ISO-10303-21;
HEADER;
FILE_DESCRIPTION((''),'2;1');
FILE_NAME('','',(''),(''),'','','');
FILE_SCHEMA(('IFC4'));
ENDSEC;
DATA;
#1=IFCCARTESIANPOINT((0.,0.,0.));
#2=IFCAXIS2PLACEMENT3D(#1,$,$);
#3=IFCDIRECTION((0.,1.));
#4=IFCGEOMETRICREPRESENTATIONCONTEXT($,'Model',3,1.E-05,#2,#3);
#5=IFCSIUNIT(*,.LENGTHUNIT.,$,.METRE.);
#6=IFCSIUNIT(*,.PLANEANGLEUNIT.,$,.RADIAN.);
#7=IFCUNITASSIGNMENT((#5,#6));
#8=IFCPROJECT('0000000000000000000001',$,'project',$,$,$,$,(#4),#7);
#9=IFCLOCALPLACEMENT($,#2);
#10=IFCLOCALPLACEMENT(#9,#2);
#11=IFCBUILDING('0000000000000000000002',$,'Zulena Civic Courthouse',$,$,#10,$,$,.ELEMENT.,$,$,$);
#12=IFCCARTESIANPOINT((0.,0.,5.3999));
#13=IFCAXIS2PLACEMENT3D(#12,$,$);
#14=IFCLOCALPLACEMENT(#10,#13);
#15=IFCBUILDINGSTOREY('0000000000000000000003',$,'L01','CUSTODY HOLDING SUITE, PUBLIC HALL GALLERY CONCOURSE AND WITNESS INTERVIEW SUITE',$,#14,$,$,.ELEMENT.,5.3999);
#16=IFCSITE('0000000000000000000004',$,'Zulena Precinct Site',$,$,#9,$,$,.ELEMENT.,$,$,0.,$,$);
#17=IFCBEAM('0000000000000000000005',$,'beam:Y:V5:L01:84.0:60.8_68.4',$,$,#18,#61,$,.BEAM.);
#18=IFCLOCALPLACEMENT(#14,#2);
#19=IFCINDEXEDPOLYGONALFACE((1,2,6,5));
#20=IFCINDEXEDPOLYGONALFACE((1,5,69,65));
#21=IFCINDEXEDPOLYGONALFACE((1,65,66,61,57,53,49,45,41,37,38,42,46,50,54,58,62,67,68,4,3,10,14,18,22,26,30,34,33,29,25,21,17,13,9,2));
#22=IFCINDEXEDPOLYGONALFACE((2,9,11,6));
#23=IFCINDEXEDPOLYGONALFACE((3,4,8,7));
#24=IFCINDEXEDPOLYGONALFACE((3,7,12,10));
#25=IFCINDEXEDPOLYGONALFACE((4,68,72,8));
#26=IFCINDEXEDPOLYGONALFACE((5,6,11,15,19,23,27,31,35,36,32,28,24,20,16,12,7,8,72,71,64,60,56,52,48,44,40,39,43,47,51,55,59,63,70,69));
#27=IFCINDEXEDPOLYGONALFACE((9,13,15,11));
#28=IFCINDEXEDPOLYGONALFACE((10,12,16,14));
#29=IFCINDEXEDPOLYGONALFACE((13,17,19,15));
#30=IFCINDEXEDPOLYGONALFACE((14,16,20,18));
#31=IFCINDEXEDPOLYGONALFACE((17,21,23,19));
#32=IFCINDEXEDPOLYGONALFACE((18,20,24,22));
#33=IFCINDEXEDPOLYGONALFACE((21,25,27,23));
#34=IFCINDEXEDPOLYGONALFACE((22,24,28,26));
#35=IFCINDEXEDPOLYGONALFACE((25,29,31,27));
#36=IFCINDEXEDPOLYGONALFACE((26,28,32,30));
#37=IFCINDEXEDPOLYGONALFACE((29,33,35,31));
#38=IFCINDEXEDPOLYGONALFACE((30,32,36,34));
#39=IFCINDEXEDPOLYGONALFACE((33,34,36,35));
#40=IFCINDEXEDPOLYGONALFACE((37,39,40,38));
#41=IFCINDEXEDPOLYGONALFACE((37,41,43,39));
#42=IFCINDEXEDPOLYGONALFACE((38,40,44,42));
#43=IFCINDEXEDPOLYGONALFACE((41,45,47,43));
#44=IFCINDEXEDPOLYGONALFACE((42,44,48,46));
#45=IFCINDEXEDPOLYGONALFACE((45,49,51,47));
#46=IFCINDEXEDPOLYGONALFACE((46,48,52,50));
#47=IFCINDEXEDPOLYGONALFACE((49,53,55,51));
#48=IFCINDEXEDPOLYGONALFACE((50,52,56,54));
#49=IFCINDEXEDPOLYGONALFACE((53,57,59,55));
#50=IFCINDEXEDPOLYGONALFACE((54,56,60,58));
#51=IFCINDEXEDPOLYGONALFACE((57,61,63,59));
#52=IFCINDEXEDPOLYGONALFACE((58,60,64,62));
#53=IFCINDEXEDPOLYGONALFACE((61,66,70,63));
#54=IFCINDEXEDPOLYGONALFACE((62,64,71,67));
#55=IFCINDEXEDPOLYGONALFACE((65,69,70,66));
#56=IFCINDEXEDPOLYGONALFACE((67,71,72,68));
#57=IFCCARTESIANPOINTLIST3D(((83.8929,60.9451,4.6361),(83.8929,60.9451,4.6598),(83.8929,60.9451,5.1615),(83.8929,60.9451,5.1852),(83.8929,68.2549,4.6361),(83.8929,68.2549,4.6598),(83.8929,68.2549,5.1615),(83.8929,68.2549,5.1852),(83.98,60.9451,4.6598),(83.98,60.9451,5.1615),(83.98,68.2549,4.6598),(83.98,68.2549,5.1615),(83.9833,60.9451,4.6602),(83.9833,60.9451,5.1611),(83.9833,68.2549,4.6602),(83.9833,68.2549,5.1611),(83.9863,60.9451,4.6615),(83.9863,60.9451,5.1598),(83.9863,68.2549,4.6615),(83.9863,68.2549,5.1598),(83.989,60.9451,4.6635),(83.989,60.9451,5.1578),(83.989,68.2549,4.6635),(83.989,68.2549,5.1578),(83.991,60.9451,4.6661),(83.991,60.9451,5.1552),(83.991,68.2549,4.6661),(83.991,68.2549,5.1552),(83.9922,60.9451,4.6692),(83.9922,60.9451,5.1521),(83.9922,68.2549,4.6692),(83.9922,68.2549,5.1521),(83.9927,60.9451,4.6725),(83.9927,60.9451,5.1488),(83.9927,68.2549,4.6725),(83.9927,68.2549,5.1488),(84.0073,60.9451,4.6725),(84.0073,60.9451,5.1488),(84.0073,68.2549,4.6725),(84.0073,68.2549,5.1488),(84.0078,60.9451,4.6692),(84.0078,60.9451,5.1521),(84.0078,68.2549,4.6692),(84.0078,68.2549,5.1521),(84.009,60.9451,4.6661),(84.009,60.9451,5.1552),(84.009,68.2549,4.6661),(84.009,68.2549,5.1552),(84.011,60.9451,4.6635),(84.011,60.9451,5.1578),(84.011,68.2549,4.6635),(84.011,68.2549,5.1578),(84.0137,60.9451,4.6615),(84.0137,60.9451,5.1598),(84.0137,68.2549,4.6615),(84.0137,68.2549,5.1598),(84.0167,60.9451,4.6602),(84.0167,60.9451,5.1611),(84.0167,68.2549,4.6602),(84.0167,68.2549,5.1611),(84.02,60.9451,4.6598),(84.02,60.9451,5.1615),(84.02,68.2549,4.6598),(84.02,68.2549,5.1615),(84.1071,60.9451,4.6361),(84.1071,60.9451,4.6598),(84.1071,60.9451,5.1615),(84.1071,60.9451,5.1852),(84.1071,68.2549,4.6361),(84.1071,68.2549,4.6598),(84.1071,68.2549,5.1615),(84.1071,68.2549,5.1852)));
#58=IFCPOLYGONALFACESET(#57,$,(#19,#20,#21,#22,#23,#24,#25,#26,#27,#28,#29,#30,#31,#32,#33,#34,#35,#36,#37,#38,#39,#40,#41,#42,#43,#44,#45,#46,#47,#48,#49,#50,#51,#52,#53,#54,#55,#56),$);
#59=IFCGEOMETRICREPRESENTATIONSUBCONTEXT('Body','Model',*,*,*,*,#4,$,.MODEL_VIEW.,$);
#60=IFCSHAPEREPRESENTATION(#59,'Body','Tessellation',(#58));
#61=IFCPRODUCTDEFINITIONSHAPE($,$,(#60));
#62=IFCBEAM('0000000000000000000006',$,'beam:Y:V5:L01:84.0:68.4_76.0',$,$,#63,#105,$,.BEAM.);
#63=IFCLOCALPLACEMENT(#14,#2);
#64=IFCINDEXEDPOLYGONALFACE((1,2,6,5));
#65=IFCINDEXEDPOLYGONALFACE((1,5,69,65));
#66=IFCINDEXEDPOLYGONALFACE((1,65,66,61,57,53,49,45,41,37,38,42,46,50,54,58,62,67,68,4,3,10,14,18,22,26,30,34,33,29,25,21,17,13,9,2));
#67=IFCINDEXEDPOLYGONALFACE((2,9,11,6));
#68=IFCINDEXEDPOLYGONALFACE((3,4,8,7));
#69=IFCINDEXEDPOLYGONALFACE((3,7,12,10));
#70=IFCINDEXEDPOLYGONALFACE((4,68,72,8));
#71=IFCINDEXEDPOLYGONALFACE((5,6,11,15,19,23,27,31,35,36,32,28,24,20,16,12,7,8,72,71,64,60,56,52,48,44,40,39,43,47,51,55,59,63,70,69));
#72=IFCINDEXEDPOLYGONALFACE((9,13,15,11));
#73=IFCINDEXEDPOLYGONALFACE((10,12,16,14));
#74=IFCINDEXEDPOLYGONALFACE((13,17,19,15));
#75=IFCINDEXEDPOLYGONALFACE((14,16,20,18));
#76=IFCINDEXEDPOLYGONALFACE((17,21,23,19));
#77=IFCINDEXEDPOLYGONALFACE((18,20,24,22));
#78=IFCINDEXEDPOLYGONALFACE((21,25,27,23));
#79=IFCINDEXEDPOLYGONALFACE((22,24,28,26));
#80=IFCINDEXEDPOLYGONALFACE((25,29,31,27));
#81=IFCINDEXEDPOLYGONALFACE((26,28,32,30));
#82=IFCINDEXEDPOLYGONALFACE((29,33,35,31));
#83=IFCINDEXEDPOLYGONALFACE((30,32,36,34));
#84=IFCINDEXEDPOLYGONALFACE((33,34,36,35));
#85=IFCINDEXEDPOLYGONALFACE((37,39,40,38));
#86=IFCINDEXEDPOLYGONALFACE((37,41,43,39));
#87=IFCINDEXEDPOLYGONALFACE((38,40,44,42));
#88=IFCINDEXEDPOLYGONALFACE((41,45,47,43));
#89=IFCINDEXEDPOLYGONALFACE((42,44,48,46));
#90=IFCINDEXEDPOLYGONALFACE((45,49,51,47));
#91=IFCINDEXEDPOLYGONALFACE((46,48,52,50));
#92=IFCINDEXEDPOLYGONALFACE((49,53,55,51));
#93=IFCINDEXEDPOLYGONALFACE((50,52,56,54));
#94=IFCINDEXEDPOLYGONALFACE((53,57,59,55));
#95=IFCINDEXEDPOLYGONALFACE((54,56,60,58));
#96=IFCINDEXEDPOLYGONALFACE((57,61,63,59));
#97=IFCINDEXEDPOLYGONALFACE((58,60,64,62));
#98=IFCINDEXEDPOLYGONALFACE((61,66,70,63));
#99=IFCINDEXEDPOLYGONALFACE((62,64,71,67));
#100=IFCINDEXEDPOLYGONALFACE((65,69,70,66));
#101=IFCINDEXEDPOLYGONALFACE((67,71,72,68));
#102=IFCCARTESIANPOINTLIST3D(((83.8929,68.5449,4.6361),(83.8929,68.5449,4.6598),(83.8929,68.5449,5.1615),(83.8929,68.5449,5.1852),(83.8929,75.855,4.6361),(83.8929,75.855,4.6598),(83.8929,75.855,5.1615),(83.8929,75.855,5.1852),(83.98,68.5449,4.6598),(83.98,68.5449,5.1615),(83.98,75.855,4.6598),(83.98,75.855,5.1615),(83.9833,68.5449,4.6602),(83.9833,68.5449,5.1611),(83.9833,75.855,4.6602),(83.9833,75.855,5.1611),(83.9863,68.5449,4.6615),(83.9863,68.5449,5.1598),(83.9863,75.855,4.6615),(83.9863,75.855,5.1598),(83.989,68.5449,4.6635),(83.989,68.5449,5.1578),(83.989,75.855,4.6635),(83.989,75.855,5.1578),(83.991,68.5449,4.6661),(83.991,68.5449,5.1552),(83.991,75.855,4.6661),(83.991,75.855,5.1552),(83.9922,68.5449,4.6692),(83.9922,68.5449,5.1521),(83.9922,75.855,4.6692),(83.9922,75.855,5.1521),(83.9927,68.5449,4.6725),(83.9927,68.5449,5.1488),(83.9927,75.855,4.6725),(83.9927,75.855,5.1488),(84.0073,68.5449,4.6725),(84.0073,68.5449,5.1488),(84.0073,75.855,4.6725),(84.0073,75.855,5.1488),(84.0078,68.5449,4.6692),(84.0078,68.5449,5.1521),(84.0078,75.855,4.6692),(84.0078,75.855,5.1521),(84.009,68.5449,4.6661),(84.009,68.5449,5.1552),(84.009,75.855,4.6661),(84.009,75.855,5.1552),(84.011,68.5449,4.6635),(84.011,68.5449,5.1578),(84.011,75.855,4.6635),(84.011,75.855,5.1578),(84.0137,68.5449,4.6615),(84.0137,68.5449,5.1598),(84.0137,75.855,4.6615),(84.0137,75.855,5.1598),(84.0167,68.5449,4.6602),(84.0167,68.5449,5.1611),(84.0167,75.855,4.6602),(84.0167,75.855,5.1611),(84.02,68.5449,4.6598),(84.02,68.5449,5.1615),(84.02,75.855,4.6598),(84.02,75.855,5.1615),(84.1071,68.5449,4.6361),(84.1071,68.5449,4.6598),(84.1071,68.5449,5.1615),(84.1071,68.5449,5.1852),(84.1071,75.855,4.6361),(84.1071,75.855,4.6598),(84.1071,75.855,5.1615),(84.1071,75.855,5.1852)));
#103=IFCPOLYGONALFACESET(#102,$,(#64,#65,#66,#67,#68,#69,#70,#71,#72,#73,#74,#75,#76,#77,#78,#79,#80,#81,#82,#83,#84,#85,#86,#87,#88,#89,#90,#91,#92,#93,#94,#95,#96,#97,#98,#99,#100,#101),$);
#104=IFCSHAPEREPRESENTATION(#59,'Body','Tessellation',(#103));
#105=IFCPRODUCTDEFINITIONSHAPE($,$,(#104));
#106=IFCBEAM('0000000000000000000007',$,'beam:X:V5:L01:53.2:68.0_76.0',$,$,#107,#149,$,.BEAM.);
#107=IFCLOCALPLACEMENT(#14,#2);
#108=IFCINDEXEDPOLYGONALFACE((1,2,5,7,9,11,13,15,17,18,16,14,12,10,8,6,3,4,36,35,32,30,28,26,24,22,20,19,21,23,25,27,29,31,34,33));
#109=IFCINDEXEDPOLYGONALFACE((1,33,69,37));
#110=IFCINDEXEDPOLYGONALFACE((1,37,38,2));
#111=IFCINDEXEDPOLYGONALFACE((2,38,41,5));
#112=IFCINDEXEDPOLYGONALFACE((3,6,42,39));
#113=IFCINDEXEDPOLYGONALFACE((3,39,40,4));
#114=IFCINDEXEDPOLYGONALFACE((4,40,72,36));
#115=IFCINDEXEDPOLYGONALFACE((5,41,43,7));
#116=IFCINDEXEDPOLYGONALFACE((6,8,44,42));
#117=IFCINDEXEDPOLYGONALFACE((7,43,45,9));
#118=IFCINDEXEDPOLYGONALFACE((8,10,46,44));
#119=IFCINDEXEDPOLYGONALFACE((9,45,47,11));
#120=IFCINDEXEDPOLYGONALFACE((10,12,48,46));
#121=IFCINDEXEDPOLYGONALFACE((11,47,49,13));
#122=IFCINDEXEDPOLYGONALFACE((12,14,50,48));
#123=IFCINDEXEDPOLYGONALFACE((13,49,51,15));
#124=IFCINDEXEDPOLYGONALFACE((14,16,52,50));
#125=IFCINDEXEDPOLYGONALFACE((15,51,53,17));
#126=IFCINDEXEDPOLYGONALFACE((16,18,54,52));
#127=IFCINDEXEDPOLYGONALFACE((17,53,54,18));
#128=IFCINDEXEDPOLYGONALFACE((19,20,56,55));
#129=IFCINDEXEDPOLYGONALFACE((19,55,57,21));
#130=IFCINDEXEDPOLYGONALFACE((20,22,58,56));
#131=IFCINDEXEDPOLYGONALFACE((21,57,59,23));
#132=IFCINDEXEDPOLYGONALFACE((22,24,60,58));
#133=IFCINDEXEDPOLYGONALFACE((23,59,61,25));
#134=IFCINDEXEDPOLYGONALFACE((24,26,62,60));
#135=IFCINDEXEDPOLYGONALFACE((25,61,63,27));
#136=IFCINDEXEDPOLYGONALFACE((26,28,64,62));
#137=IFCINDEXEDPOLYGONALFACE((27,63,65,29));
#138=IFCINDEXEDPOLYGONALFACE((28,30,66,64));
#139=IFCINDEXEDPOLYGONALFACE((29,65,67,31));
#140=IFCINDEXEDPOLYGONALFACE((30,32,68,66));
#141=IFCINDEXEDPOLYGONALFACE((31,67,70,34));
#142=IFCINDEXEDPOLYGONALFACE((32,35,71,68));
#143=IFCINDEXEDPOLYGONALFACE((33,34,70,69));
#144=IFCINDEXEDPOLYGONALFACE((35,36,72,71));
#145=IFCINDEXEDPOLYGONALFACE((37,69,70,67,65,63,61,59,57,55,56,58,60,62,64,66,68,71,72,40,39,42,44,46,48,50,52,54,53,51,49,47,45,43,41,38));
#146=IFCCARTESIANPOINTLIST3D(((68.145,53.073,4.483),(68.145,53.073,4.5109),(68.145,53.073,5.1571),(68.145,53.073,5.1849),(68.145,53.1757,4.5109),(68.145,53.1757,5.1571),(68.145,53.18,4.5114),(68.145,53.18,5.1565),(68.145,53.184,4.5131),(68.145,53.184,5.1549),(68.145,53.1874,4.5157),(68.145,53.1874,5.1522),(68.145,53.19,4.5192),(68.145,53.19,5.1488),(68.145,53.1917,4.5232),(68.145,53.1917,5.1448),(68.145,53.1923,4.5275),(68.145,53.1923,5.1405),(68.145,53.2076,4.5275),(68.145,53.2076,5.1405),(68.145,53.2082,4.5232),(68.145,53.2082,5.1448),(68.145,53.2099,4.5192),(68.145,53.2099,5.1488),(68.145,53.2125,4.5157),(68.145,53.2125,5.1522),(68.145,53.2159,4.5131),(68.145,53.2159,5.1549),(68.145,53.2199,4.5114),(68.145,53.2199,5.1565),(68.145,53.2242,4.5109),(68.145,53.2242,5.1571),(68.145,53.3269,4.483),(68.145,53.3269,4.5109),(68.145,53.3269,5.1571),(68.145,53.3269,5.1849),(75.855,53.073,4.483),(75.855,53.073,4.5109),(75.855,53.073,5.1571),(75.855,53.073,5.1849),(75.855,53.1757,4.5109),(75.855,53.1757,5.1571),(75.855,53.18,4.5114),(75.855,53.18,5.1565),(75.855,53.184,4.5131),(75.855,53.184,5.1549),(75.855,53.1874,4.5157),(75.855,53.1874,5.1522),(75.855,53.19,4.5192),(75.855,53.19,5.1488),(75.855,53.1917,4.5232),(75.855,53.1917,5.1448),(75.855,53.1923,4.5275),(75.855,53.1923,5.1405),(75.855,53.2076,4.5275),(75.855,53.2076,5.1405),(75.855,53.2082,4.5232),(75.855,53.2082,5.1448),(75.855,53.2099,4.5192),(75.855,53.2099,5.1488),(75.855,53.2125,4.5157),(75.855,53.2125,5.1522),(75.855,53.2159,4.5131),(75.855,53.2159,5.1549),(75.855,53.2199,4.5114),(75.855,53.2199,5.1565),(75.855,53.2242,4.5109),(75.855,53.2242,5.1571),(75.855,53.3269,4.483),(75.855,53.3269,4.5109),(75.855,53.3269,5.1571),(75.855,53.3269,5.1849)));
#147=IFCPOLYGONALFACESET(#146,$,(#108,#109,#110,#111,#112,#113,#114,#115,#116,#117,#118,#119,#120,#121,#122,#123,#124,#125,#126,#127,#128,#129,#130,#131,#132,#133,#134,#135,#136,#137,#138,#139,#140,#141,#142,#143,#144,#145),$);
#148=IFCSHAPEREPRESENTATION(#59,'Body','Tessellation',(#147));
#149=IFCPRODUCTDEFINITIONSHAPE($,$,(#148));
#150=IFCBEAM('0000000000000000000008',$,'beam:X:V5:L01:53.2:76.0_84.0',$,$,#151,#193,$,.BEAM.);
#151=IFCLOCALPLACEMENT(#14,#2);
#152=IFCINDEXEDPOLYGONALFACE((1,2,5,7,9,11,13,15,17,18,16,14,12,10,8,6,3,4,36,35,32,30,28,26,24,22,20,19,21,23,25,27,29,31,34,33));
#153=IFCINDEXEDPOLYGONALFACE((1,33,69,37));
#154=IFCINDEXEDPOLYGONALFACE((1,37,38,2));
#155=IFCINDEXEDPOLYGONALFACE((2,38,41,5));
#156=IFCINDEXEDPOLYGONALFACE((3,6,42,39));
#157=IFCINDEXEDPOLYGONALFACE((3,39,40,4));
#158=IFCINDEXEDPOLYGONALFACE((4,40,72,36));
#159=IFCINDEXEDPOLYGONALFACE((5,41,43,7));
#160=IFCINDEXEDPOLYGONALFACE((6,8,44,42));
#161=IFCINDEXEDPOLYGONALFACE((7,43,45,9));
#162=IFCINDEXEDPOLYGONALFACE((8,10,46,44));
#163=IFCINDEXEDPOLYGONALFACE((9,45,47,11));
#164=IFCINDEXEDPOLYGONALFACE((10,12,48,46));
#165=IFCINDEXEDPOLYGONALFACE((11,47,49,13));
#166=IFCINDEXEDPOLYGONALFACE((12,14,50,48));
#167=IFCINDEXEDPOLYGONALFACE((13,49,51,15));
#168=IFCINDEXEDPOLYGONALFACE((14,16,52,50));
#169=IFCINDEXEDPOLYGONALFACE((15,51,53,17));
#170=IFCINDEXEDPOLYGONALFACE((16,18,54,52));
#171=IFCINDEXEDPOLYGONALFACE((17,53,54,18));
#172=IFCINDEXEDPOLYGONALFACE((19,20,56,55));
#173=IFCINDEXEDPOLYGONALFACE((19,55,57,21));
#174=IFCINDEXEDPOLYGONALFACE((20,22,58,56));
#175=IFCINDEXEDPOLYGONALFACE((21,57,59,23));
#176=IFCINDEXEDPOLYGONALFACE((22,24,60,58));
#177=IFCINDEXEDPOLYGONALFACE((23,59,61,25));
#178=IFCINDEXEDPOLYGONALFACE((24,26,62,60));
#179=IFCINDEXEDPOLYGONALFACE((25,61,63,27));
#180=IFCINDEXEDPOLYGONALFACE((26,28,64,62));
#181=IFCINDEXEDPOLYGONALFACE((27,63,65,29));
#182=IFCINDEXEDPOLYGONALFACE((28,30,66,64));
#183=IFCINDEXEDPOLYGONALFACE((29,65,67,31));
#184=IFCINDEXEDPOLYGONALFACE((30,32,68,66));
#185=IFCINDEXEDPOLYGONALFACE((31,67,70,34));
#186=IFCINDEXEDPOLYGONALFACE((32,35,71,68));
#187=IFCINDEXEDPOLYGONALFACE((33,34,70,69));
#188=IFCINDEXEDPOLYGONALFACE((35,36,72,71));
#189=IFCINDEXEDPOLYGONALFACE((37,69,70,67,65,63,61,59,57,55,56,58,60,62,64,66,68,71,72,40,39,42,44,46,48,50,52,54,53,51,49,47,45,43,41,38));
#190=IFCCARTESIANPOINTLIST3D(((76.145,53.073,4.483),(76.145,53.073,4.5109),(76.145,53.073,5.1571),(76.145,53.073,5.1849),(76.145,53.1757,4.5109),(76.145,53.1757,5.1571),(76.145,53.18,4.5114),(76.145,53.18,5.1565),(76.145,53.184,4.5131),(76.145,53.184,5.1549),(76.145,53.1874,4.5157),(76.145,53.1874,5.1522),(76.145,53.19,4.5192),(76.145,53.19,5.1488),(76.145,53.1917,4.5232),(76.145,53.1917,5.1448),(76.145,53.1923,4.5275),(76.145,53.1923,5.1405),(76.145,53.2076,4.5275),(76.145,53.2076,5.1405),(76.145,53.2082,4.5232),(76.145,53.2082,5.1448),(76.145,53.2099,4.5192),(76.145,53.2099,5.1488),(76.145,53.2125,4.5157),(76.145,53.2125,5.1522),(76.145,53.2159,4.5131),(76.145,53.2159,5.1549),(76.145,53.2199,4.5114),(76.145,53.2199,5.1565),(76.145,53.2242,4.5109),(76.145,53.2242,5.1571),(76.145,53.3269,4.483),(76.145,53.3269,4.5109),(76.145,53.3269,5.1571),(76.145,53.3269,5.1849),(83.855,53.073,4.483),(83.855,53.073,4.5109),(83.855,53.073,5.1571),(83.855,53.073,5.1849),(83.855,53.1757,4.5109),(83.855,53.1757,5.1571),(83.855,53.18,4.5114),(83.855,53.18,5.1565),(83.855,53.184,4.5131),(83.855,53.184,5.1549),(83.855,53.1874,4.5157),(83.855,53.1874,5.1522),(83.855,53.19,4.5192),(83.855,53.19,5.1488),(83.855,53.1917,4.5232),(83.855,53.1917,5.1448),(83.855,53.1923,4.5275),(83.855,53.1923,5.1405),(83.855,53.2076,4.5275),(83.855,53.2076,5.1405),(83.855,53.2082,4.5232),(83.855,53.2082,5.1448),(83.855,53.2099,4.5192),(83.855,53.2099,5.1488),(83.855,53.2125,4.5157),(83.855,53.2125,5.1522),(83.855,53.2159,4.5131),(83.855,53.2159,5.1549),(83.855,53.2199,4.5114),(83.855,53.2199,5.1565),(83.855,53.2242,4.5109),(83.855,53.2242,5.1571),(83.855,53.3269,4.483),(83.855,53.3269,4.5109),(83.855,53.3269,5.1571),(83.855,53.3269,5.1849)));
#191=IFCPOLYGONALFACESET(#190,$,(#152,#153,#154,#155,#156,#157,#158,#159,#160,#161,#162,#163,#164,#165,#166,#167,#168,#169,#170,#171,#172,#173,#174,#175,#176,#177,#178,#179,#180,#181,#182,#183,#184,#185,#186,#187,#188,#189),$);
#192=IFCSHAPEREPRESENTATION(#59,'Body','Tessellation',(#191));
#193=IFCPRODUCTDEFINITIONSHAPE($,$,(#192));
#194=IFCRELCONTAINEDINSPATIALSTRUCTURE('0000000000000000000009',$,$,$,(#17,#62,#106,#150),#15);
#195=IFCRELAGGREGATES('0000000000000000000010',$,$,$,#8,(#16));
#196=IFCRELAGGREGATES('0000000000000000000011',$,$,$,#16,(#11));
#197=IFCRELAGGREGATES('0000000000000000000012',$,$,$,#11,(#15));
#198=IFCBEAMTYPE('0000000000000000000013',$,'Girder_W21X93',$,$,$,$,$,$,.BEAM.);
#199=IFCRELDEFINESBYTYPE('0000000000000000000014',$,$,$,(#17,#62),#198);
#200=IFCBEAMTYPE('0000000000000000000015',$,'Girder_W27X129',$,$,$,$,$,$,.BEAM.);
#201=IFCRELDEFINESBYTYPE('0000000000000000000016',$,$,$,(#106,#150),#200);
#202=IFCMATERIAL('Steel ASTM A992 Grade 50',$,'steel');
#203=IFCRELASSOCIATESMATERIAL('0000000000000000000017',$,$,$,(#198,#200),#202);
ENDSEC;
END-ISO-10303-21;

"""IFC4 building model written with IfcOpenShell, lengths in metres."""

from ifc_helpers import new_model, si_unit, direction, frame, origin, origin_2d, place, context, subcontext, project, spatial, i_section, extrude, material, material_profile, profile_set, type_object, element, save


model = new_model("IFC4")

# Units and contexts
model_context = context("Model", 3, precision=1e-05, world=origin(), true_north=direction((0.0, 1.0)))
body_context = subcontext(model_context, "Body", "Model", "MODEL_VIEW")
ifc_project = project(units=[si_unit("LENGTHUNIT", "METRE"), si_unit("PLANEANGLEUNIT", "RADIAN")], contexts=[model_context])

# Site, building, storey
site_placement = place(None, origin())
site = spatial("IfcSite", under=ifc_project, at=site_placement, Name="Zulena Precinct Site", CompositionType="ELEMENT", RefElevation=0.0)
building_placement = place(site_placement, origin())
building = spatial("IfcBuilding", under=site, at=building_placement, Name="Zulena Civic Courthouse", CompositionType="ELEMENT")
storey_placement = place(building_placement, frame((0.0, 0.0, 5.3999)))
storey = spatial("IfcBuildingStorey", under=building, at=storey_placement, Name="L01", Description="CUSTODY HOLDING SUITE, PUBLIC HALL GALLERY CONCOURSE AND WITNESS INTERVIEW SUITE", CompositionType="ELEMENT", Elevation=5.3999)

# Shared definitions
ifc_material_1 = material(Name="Steel ASTM A992 Grade 50", Category="steel")

# Beams
ifc_material_profile_1 = material_profile(ifc_material_1, i_section(OverallWidth=0.2141, OverallDepth=0.5491, WebThickness=0.0146, FlangeThickness=0.0237, FilletRadius=0.0127, at=origin_2d()), Name="W21X93")
ifc_profile_set_1 = profile_set([ifc_material_profile_1], Name="Steel ASTM A992 Grade 50")
beam_type_1 = type_object("IfcBeamType", Name="Girder_W21X93", PredefinedType="BEAM", material=ifc_profile_set_1)
beam_1_placement = place(storey_placement, frame((84.0, 60.9451, 4.9106), z_axis=(0.0, 1.0, 0.0), x_axis=(-1.0, 0.0, 0.0)))
element("IfcBeam", 1, at=beam_1_placement, inside=storey, type_object=beam_type_1, Name="beam:Y:V5:L01:84.0:60.8_68.4", PredefinedType="BEAM", context=body_context, shape_type="SweptSolid", body=[
    extrude(i_section(OverallWidth=0.2141, OverallDepth=0.5491, WebThickness=0.0146, FlangeThickness=0.0237, FilletRadius=0.0127, at=origin_2d()), origin(), (0.0, 0.0, 1.0), 7.3098),
])
beam_2_placement = place(storey_placement, frame((84.0, 68.5449, 4.9106), z_axis=(0.0, 1.0, 0.0), x_axis=(-1.0, 0.0, 0.0)))
element("IfcBeam", 2, at=beam_2_placement, inside=storey, type_object=beam_type_1, Name="beam:Y:V5:L01:84.0:68.4_76.0", PredefinedType="BEAM", context=body_context, shape_type="SweptSolid", body=[
    extrude(i_section(OverallWidth=0.2141, OverallDepth=0.5491, WebThickness=0.0146, FlangeThickness=0.0237, FilletRadius=0.0127, at=origin_2d()), origin(), (0.0, 0.0, 1.0), 7.3101),
])
ifc_material_profile_2 = material_profile(ifc_material_1, i_section(OverallWidth=0.2539, OverallDepth=0.7019, WebThickness=0.0154, FlangeThickness=0.0278, FilletRadius=0.0166, at=origin_2d()), Name="W27X129")
ifc_profile_set_2 = profile_set([ifc_material_profile_2], Name="Steel ASTM A992 Grade 50")
beam_type_2 = type_object("IfcBeamType", Name="Girder_W27X129", PredefinedType="BEAM", material=ifc_profile_set_2)
for number, where, z_axis, x_axis, name in (
    (3, (68.145, 53.2, 4.834), (1.0, 0.0, 0.0), (0.0, 1.0, 0.0), "beam:X:V5:L01:53.2:68.0_76.0"),
    (4, (76.145, 53.2, 4.834), (1.0, 0.0, 0.0), (0.0, 1.0, 0.0), "beam:X:V5:L01:53.2:76.0_84.0"),
):
    element("IfcBeam", number, at=place(storey_placement, frame(where, z_axis=z_axis, x_axis=x_axis)), inside=storey, type_object=beam_type_2, Name=name, PredefinedType="BEAM", context=body_context, shape_type="SweptSolid", body=[
        extrude(i_section(OverallWidth=0.2539, OverallDepth=0.7019, WebThickness=0.0154, FlangeThickness=0.0278, FilletRadius=0.0166, at=origin_2d()), origin(), (0.0, 0.0, 1.0), 7.71),
    ])

save(model, "model.ifc")
